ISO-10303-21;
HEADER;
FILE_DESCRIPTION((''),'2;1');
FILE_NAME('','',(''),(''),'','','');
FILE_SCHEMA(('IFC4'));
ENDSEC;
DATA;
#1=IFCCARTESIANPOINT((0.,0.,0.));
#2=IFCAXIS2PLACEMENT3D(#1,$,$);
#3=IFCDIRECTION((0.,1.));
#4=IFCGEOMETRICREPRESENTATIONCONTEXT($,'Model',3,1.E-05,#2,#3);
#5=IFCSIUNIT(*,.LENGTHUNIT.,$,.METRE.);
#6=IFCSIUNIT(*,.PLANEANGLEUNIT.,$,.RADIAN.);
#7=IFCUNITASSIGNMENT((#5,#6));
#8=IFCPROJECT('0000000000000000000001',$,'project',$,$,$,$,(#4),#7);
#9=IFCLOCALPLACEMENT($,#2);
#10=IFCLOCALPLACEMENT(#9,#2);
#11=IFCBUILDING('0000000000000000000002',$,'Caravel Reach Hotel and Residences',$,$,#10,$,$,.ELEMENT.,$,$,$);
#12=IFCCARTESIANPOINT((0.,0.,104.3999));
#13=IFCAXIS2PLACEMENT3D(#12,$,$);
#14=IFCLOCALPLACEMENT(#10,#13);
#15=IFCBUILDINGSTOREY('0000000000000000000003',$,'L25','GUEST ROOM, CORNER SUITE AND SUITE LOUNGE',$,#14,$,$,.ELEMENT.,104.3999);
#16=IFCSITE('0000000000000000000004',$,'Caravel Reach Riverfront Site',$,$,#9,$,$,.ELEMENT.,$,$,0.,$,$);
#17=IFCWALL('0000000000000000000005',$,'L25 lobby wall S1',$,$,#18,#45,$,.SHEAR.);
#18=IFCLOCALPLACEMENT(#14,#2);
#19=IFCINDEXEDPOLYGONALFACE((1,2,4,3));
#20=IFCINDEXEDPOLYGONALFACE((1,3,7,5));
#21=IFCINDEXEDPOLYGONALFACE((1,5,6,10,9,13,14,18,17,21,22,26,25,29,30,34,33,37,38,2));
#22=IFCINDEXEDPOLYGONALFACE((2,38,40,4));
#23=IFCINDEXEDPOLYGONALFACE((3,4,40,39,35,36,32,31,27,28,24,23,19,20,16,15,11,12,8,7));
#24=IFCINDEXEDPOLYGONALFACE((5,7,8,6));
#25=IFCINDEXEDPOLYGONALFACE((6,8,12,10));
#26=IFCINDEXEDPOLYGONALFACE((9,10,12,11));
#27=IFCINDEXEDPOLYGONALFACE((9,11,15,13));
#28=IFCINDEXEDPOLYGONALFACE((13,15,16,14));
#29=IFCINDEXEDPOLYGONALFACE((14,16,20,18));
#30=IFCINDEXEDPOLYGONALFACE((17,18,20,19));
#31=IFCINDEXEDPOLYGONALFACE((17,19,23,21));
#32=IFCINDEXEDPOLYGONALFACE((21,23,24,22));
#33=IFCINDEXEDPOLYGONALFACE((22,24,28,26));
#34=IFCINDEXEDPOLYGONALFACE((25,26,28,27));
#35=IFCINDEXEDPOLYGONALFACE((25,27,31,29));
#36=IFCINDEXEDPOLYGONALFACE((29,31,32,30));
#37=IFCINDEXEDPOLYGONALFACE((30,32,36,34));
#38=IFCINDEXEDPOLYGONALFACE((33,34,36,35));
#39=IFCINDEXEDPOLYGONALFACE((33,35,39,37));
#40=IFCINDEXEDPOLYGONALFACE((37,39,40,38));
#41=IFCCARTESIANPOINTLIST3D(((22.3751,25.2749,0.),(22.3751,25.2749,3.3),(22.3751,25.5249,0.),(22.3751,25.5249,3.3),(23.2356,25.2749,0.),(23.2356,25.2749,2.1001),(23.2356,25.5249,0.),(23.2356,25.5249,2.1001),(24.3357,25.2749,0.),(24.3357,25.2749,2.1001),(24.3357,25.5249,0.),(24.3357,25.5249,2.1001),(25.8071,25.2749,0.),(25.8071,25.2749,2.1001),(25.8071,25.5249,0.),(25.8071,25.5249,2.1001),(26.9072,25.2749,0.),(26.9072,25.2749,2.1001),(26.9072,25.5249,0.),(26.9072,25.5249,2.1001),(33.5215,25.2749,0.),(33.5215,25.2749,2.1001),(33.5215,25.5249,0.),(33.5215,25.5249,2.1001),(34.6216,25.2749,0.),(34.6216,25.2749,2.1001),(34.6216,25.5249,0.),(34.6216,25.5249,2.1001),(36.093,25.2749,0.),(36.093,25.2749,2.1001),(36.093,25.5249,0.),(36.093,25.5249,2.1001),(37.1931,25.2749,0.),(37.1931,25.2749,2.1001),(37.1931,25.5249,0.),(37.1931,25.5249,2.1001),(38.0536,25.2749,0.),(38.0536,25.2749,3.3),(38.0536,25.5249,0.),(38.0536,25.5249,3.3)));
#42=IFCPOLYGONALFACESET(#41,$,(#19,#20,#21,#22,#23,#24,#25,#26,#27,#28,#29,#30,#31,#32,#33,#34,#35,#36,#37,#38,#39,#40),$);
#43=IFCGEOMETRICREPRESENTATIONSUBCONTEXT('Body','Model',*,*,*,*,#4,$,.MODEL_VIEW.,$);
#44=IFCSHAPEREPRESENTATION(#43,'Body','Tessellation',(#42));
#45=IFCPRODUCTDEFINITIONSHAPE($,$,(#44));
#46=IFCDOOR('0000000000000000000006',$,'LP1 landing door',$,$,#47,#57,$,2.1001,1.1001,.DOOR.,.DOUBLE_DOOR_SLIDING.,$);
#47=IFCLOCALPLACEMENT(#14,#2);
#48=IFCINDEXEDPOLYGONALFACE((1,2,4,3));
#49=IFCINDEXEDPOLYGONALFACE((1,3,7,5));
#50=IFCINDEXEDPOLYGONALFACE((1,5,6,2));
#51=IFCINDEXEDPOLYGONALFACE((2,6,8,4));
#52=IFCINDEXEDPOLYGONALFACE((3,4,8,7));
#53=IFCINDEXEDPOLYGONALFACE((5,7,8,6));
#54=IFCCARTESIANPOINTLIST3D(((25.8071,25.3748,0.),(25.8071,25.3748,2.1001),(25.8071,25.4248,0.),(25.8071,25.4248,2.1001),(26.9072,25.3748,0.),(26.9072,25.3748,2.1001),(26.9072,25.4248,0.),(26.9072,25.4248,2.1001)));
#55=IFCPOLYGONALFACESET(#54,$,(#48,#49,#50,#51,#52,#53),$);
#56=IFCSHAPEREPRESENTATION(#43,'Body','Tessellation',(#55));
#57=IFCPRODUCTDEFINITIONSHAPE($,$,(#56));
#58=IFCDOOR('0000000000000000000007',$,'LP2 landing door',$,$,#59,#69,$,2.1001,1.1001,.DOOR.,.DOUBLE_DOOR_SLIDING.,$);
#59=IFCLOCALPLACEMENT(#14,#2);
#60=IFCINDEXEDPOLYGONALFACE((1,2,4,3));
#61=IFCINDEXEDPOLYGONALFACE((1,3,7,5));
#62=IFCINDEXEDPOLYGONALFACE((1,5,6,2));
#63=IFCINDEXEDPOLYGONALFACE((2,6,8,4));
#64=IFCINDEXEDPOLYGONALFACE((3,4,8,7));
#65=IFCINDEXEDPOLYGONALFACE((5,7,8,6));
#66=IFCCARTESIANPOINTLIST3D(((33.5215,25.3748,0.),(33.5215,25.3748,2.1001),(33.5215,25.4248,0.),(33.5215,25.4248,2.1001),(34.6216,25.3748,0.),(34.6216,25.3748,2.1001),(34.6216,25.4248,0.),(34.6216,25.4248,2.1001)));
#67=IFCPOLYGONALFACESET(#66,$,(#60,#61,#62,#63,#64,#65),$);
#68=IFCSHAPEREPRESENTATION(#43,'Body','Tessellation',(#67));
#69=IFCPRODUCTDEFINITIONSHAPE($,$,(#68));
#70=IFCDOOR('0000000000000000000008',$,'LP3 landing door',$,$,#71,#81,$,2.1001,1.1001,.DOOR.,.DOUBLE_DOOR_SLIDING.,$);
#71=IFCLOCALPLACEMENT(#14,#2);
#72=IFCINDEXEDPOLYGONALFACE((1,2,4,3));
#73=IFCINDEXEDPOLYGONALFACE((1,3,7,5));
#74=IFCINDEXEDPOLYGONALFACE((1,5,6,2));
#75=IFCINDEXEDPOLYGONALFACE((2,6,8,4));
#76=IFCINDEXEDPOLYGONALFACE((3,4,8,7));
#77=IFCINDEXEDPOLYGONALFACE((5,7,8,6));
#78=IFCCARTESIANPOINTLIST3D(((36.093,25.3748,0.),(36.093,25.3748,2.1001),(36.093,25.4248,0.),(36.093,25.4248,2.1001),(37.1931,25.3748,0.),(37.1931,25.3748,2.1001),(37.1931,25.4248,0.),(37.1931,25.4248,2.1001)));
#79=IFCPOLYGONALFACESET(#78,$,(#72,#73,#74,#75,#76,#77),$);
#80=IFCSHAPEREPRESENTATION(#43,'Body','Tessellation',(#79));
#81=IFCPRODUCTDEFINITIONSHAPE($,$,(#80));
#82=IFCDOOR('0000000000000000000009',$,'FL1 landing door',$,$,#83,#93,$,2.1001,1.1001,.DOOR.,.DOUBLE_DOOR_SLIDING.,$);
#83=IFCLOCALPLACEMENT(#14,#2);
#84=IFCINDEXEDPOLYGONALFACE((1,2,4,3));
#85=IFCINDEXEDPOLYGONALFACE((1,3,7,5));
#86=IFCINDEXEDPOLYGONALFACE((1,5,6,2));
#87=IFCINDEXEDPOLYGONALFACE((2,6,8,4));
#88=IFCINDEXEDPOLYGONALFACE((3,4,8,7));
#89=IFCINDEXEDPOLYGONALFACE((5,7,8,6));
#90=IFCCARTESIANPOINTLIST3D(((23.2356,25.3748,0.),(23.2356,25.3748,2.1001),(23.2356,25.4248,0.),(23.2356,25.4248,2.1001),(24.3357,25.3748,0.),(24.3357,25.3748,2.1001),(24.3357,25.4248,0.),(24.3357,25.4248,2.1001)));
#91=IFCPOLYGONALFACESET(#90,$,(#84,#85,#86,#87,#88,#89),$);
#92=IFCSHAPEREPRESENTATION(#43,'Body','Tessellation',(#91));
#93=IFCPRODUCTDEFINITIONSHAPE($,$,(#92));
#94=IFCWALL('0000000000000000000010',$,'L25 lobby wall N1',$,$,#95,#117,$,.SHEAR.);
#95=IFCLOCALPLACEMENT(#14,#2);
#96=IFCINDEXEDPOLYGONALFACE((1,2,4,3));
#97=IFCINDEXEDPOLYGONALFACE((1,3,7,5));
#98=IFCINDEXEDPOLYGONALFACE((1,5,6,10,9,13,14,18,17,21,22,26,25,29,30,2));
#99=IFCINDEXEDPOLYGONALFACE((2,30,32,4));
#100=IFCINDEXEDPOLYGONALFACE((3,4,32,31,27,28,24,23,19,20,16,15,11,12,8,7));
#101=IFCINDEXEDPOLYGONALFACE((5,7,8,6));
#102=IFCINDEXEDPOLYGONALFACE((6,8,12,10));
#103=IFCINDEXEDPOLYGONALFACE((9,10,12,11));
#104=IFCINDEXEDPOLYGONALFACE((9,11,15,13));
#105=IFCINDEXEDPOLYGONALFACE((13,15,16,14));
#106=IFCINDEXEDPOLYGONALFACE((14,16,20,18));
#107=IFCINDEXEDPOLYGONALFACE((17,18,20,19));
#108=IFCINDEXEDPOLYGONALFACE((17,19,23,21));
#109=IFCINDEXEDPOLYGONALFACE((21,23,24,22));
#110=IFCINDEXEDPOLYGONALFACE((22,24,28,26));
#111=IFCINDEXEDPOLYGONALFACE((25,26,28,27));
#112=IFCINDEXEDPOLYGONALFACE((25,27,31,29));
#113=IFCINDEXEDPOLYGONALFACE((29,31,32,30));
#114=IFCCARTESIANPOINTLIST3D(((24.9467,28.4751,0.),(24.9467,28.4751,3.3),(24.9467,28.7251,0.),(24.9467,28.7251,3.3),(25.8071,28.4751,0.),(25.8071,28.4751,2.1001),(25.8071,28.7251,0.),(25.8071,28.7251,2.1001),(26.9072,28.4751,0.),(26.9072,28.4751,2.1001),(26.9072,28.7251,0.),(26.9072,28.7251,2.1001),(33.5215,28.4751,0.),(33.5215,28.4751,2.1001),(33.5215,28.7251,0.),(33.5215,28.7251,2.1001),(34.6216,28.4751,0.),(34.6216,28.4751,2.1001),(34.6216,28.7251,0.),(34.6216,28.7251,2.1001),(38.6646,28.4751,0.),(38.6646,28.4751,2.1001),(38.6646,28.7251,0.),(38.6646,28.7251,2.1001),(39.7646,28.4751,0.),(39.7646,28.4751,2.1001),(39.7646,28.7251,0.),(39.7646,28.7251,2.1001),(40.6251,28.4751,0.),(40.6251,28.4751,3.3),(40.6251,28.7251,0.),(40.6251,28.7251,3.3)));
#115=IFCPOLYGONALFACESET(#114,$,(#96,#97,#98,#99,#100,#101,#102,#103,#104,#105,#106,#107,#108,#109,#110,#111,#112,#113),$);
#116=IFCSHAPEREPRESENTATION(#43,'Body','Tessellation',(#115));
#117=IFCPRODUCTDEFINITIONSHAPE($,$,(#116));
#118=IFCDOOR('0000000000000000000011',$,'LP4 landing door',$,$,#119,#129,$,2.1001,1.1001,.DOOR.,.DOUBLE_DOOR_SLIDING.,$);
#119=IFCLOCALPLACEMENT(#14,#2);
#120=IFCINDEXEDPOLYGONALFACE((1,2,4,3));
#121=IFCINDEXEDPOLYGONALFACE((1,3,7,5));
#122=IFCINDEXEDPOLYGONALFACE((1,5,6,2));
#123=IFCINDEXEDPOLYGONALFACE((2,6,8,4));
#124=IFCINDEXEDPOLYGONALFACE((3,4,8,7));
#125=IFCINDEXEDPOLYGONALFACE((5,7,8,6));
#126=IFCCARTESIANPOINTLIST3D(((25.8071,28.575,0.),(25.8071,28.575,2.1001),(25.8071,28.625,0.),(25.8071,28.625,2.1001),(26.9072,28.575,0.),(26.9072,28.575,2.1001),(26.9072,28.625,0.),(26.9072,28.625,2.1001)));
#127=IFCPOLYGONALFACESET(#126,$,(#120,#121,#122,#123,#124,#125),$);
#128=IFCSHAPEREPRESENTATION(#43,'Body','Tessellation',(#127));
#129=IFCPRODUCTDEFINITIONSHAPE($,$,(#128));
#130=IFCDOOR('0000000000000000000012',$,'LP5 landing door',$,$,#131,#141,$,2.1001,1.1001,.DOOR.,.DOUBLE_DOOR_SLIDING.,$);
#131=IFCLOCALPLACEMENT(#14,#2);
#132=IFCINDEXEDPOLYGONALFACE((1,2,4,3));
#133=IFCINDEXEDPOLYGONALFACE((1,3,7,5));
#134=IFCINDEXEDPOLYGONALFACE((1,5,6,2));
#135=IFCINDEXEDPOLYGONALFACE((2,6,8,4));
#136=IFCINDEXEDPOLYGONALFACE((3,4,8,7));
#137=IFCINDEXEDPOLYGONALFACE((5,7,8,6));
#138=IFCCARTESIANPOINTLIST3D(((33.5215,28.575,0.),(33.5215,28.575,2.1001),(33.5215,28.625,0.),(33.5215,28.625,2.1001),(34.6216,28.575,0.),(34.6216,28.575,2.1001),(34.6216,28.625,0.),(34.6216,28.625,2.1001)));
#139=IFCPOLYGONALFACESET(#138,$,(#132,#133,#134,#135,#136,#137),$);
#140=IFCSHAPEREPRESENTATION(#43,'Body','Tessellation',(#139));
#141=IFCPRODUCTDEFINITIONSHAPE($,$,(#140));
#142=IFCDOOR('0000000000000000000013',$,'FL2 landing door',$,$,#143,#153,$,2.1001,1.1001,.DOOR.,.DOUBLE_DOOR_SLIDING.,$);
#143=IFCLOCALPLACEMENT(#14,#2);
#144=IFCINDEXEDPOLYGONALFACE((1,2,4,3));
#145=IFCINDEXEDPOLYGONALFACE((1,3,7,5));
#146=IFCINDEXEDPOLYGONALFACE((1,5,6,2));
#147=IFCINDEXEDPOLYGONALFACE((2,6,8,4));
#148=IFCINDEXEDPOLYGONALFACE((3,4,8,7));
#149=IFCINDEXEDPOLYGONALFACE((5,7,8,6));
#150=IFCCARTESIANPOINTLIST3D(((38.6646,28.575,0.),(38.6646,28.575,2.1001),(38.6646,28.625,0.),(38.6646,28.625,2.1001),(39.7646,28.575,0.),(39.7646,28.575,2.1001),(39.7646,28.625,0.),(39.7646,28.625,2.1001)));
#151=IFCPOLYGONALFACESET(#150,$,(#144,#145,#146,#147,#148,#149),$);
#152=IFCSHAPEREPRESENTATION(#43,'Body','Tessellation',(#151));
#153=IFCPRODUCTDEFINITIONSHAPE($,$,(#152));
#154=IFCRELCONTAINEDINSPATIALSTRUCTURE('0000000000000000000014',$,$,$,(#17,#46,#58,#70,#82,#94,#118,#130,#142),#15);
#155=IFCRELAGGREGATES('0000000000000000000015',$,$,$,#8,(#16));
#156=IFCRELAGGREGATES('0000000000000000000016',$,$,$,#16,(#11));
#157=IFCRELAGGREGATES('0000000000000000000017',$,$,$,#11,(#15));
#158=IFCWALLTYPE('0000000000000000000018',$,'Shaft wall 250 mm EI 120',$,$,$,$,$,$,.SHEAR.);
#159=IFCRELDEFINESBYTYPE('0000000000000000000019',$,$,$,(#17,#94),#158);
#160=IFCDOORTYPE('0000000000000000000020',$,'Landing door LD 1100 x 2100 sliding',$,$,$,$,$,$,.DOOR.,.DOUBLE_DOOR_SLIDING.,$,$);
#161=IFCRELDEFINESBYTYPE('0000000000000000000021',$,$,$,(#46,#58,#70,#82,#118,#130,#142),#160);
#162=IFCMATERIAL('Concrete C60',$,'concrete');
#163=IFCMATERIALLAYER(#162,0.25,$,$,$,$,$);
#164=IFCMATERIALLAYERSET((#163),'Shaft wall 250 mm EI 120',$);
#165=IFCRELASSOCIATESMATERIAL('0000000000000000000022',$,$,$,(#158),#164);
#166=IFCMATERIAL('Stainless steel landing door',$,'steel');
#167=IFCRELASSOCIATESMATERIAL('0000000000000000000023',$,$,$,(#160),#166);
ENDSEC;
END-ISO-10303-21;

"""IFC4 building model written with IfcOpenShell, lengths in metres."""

from ifc_helpers import new_model, si_unit, direction, frame, frame_2d, origin, place, context, subcontext, project, spatial, rectangle, extrude, material, layer, layer_set, type_object, element, fill, save


model = new_model("IFC4")

# Units and contexts
model_context = context("Model", 3, precision=1e-05, world=origin(), true_north=direction((0.0, 1.0)))
body_context = subcontext(model_context, "Body", "Model", "MODEL_VIEW")
ifc_project = project(units=[si_unit("LENGTHUNIT", "METRE"), si_unit("PLANEANGLEUNIT", "RADIAN")], contexts=[model_context])

# Site, building, storey
site_placement = place(None, origin())
site = spatial("IfcSite", under=ifc_project, at=site_placement, Name="Caravel Reach Riverfront Site", CompositionType="ELEMENT", RefElevation=0.0)
building_placement = place(site_placement, origin())
building = spatial("IfcBuilding", under=site, at=building_placement, Name="Caravel Reach Hotel and Residences", CompositionType="ELEMENT")
storey_placement = place(building_placement, frame((0.0, 0.0, 104.3999)))
storey = spatial("IfcBuildingStorey", under=building, at=storey_placement, Name="L25", Description="GUEST ROOM, CORNER SUITE AND SUITE LOUNGE", CompositionType="ELEMENT", Elevation=104.3999)

# Walls, openings, doors
ifc_material_1 = material(Name="Concrete C60", Category="concrete")
ifc_layer_1 = layer(ifc_material_1, 0.25)
ifc_layer_set_1 = layer_set([ifc_layer_1], Name="Shaft wall 250 mm EI 120")
wall_type_1 = type_object("IfcWallType", Name="Shaft wall 250 mm EI 120", PredefinedType="SHEAR", material=ifc_layer_set_1)
wall_1_placement = place(storey_placement, frame((22.375, 25.3999, 0.0), z_axis=(0.0, 0.0, 1.0), x_axis=(1.0, 0.0, 0.0)))
wall_1 = element("IfcWall", 1, at=wall_1_placement, inside=storey, type_object=wall_type_1, Name="L25 lobby wall S1", PredefinedType="SHEAR", context=body_context, shape_type="SweptSolid", body=[
    extrude(rectangle(XDim=15.6785, YDim=0.25, at=frame_2d((7.8394, 0.0))), origin(), (0.0, 0.0, 1.0), 3.3),
])
opening_1_placement = place(wall_1_placement, frame((3.4321, 0.0, 0.0)))
opening_1 = element("IfcOpeningElement", 2, at=opening_1_placement, cuts=wall_1, PredefinedType="OPENING", context=body_context, shape_type="SweptSolid", body=[
    extrude(rectangle(XDim=1.1001, YDim=2.1001, at=frame_2d((0.55, 1.05))), frame((0.0, 0.135, 0.0), z_axis=(0.0, -1.0, 0.0), x_axis=(1.0, 0.0, 0.0)), (0.0, 0.0, 1.0), 0.27),
])
opening_2_placement = place(wall_1_placement, frame((11.1465, 0.0, 0.0)))
opening_2 = element("IfcOpeningElement", 3, at=opening_2_placement, cuts=wall_1, PredefinedType="OPENING", context=body_context, shape_type="SweptSolid", body=[
    extrude(rectangle(XDim=1.1001, YDim=2.1001, at=frame_2d((0.55, 1.05))), frame((0.0, 0.135, 0.0), z_axis=(0.0, -1.0, 0.0), x_axis=(1.0, 0.0, 0.0)), (0.0, 0.0, 1.0), 0.27),
])
opening_3_placement = place(wall_1_placement, frame((13.718, 0.0, 0.0)))
opening_3 = element("IfcOpeningElement", 4, at=opening_3_placement, cuts=wall_1, PredefinedType="OPENING", context=body_context, shape_type="SweptSolid", body=[
    extrude(rectangle(XDim=1.1001, YDim=2.1001, at=frame_2d((0.55, 1.05))), frame((0.0, 0.135, 0.0), z_axis=(0.0, -1.0, 0.0), x_axis=(1.0, 0.0, 0.0)), (0.0, 0.0, 1.0), 0.27),
])
opening_4_placement = place(wall_1_placement, frame((0.8606, 0.0, 0.0)))
opening_4 = element("IfcOpeningElement", 5, at=opening_4_placement, cuts=wall_1, PredefinedType="OPENING", context=body_context, shape_type="SweptSolid", body=[
    extrude(rectangle(XDim=1.1001, YDim=2.1001, at=frame_2d((0.55, 1.05))), frame((0.0, 0.135, 0.0), z_axis=(0.0, -1.0, 0.0), x_axis=(1.0, 0.0, 0.0)), (0.0, 0.0, 1.0), 0.27),
])
ifc_material_2 = material(Name="Stainless steel landing door", Category="steel")
door_type_1 = type_object("IfcDoorType", Name="Landing door LD 1100 x 2100 sliding", OperationType="DOUBLE_DOOR_SLIDING", PredefinedType="DOOR", material=ifc_material_2)
door_1_placement = place(opening_1_placement, origin())
door_1 = element("IfcDoor", 6, at=door_1_placement, inside=storey, type_object=door_type_1, Name="LP1 landing door", OperationType="DOUBLE_DOOR_SLIDING", OverallHeight=2.1001, OverallWidth=1.1001, PredefinedType="DOOR", context=body_context, shape_type="SweptSolid", body=[
    extrude(rectangle(XDim=1.1001, YDim=2.1001, at=frame_2d((0.55, 1.05))), frame((0.0, 0.0249, 0.0), z_axis=(0.0, -1.0, 0.0), x_axis=(1.0, 0.0, 0.0)), (0.0, 0.0, 1.0), 0.05),
])
fill(opening_1, door_1)
door_2_placement = place(opening_2_placement, origin())
door_2 = element("IfcDoor", 7, at=door_2_placement, inside=storey, type_object=door_type_1, Name="LP2 landing door", OperationType="DOUBLE_DOOR_SLIDING", OverallHeight=2.1001, OverallWidth=1.1001, PredefinedType="DOOR", context=body_context, shape_type="SweptSolid", body=[
    extrude(rectangle(XDim=1.1001, YDim=2.1001, at=frame_2d((0.55, 1.05))), frame((0.0, 0.0249, 0.0), z_axis=(0.0, -1.0, 0.0), x_axis=(1.0, 0.0, 0.0)), (0.0, 0.0, 1.0), 0.05),
])
fill(opening_2, door_2)
door_3_placement = place(opening_3_placement, origin())
door_3 = element("IfcDoor", 8, at=door_3_placement, inside=storey, type_object=door_type_1, Name="LP3 landing door", OperationType="DOUBLE_DOOR_SLIDING", OverallHeight=2.1001, OverallWidth=1.1001, PredefinedType="DOOR", context=body_context, shape_type="SweptSolid", body=[
    extrude(rectangle(XDim=1.1001, YDim=2.1001, at=frame_2d((0.55, 1.05))), frame((0.0, 0.0249, 0.0), z_axis=(0.0, -1.0, 0.0), x_axis=(1.0, 0.0, 0.0)), (0.0, 0.0, 1.0), 0.05),
])
fill(opening_3, door_3)
door_4_placement = place(opening_4_placement, origin())
door_4 = element("IfcDoor", 9, at=door_4_placement, inside=storey, type_object=door_type_1, Name="FL1 landing door", OperationType="DOUBLE_DOOR_SLIDING", OverallHeight=2.1001, OverallWidth=1.1001, PredefinedType="DOOR", context=body_context, shape_type="SweptSolid", body=[
    extrude(rectangle(XDim=1.1001, YDim=2.1001, at=frame_2d((0.55, 1.05))), frame((0.0, 0.0249, 0.0), z_axis=(0.0, -1.0, 0.0), x_axis=(1.0, 0.0, 0.0)), (0.0, 0.0, 1.0), 0.05),
])
fill(opening_4, door_4)
wall_2_placement = place(storey_placement, frame((24.9465, 28.6001, 0.0), z_axis=(0.0, 0.0, 1.0), x_axis=(1.0, 0.0, 0.0)))
wall_2 = element("IfcWall", 10, at=wall_2_placement, inside=storey, type_object=wall_type_1, Name="L25 lobby wall N1", PredefinedType="SHEAR", context=body_context, shape_type="SweptSolid", body=[
    extrude(rectangle(XDim=15.6785, YDim=0.25, at=frame_2d((7.8394, 0.0))), origin(), (0.0, 0.0, 1.0), 3.3),
])
opening_5_placement = place(wall_2_placement, frame((0.8606, 0.0, 0.0)))
opening_5 = element("IfcOpeningElement", 11, at=opening_5_placement, cuts=wall_2, PredefinedType="OPENING", context=body_context, shape_type="SweptSolid", body=[
    extrude(rectangle(XDim=1.1001, YDim=2.1001, at=frame_2d((0.55, 1.05))), frame((0.0, 0.135, 0.0), z_axis=(0.0, -1.0, 0.0), x_axis=(1.0, 0.0, 0.0)), (0.0, 0.0, 1.0), 0.27),
])
opening_6_placement = place(wall_2_placement, frame((8.575, 0.0, 0.0)))
opening_6 = element("IfcOpeningElement", 12, at=opening_6_placement, cuts=wall_2, PredefinedType="OPENING", context=body_context, shape_type="SweptSolid", body=[
    extrude(rectangle(XDim=1.1001, YDim=2.1001, at=frame_2d((0.55, 1.05))), frame((0.0, 0.135, 0.0), z_axis=(0.0, -1.0, 0.0), x_axis=(1.0, 0.0, 0.0)), (0.0, 0.0, 1.0), 0.27),
])
opening_7_placement = place(wall_2_placement, frame((13.718, 0.0, 0.0)))
opening_7 = element("IfcOpeningElement", 13, at=opening_7_placement, cuts=wall_2, PredefinedType="OPENING", context=body_context, shape_type="SweptSolid", body=[
    extrude(rectangle(XDim=1.1001, YDim=2.1001, at=frame_2d((0.55, 1.05))), frame((0.0, 0.135, 0.0), z_axis=(0.0, -1.0, 0.0), x_axis=(1.0, 0.0, 0.0)), (0.0, 0.0, 1.0), 0.27),
])
door_5_placement = place(opening_5_placement, origin())
door_5 = element("IfcDoor", 14, at=door_5_placement, inside=storey, type_object=door_type_1, Name="LP4 landing door", OperationType="DOUBLE_DOOR_SLIDING", OverallHeight=2.1001, OverallWidth=1.1001, PredefinedType="DOOR", context=body_context, shape_type="SweptSolid", body=[
    extrude(rectangle(XDim=1.1001, YDim=2.1001, at=frame_2d((0.55, 1.05))), frame((0.0, 0.0249, 0.0), z_axis=(0.0, -1.0, 0.0), x_axis=(1.0, 0.0, 0.0)), (0.0, 0.0, 1.0), 0.05),
])
fill(opening_5, door_5)
door_6_placement = place(opening_6_placement, origin())
door_6 = element("IfcDoor", 15, at=door_6_placement, inside=storey, type_object=door_type_1, Name="LP5 landing door", OperationType="DOUBLE_DOOR_SLIDING", OverallHeight=2.1001, OverallWidth=1.1001, PredefinedType="DOOR", context=body_context, shape_type="SweptSolid", body=[
    extrude(rectangle(XDim=1.1001, YDim=2.1001, at=frame_2d((0.55, 1.05))), frame((0.0, 0.0249, 0.0), z_axis=(0.0, -1.0, 0.0), x_axis=(1.0, 0.0, 0.0)), (0.0, 0.0, 1.0), 0.05),
])
fill(opening_6, door_6)
door_7_placement = place(opening_7_placement, origin())
door_7 = element("IfcDoor", 16, at=door_7_placement, inside=storey, type_object=door_type_1, Name="FL2 landing door", OperationType="DOUBLE_DOOR_SLIDING", OverallHeight=2.1001, OverallWidth=1.1001, PredefinedType="DOOR", context=body_context, shape_type="SweptSolid", body=[
    extrude(rectangle(XDim=1.1001, YDim=2.1001, at=frame_2d((0.55, 1.05))), frame((0.0, 0.0249, 0.0), z_axis=(0.0, -1.0, 0.0), x_axis=(1.0, 0.0, 0.0)), (0.0, 0.0, 1.0), 0.05),
])
fill(opening_7, door_7)

save(model, "model.ifc")
